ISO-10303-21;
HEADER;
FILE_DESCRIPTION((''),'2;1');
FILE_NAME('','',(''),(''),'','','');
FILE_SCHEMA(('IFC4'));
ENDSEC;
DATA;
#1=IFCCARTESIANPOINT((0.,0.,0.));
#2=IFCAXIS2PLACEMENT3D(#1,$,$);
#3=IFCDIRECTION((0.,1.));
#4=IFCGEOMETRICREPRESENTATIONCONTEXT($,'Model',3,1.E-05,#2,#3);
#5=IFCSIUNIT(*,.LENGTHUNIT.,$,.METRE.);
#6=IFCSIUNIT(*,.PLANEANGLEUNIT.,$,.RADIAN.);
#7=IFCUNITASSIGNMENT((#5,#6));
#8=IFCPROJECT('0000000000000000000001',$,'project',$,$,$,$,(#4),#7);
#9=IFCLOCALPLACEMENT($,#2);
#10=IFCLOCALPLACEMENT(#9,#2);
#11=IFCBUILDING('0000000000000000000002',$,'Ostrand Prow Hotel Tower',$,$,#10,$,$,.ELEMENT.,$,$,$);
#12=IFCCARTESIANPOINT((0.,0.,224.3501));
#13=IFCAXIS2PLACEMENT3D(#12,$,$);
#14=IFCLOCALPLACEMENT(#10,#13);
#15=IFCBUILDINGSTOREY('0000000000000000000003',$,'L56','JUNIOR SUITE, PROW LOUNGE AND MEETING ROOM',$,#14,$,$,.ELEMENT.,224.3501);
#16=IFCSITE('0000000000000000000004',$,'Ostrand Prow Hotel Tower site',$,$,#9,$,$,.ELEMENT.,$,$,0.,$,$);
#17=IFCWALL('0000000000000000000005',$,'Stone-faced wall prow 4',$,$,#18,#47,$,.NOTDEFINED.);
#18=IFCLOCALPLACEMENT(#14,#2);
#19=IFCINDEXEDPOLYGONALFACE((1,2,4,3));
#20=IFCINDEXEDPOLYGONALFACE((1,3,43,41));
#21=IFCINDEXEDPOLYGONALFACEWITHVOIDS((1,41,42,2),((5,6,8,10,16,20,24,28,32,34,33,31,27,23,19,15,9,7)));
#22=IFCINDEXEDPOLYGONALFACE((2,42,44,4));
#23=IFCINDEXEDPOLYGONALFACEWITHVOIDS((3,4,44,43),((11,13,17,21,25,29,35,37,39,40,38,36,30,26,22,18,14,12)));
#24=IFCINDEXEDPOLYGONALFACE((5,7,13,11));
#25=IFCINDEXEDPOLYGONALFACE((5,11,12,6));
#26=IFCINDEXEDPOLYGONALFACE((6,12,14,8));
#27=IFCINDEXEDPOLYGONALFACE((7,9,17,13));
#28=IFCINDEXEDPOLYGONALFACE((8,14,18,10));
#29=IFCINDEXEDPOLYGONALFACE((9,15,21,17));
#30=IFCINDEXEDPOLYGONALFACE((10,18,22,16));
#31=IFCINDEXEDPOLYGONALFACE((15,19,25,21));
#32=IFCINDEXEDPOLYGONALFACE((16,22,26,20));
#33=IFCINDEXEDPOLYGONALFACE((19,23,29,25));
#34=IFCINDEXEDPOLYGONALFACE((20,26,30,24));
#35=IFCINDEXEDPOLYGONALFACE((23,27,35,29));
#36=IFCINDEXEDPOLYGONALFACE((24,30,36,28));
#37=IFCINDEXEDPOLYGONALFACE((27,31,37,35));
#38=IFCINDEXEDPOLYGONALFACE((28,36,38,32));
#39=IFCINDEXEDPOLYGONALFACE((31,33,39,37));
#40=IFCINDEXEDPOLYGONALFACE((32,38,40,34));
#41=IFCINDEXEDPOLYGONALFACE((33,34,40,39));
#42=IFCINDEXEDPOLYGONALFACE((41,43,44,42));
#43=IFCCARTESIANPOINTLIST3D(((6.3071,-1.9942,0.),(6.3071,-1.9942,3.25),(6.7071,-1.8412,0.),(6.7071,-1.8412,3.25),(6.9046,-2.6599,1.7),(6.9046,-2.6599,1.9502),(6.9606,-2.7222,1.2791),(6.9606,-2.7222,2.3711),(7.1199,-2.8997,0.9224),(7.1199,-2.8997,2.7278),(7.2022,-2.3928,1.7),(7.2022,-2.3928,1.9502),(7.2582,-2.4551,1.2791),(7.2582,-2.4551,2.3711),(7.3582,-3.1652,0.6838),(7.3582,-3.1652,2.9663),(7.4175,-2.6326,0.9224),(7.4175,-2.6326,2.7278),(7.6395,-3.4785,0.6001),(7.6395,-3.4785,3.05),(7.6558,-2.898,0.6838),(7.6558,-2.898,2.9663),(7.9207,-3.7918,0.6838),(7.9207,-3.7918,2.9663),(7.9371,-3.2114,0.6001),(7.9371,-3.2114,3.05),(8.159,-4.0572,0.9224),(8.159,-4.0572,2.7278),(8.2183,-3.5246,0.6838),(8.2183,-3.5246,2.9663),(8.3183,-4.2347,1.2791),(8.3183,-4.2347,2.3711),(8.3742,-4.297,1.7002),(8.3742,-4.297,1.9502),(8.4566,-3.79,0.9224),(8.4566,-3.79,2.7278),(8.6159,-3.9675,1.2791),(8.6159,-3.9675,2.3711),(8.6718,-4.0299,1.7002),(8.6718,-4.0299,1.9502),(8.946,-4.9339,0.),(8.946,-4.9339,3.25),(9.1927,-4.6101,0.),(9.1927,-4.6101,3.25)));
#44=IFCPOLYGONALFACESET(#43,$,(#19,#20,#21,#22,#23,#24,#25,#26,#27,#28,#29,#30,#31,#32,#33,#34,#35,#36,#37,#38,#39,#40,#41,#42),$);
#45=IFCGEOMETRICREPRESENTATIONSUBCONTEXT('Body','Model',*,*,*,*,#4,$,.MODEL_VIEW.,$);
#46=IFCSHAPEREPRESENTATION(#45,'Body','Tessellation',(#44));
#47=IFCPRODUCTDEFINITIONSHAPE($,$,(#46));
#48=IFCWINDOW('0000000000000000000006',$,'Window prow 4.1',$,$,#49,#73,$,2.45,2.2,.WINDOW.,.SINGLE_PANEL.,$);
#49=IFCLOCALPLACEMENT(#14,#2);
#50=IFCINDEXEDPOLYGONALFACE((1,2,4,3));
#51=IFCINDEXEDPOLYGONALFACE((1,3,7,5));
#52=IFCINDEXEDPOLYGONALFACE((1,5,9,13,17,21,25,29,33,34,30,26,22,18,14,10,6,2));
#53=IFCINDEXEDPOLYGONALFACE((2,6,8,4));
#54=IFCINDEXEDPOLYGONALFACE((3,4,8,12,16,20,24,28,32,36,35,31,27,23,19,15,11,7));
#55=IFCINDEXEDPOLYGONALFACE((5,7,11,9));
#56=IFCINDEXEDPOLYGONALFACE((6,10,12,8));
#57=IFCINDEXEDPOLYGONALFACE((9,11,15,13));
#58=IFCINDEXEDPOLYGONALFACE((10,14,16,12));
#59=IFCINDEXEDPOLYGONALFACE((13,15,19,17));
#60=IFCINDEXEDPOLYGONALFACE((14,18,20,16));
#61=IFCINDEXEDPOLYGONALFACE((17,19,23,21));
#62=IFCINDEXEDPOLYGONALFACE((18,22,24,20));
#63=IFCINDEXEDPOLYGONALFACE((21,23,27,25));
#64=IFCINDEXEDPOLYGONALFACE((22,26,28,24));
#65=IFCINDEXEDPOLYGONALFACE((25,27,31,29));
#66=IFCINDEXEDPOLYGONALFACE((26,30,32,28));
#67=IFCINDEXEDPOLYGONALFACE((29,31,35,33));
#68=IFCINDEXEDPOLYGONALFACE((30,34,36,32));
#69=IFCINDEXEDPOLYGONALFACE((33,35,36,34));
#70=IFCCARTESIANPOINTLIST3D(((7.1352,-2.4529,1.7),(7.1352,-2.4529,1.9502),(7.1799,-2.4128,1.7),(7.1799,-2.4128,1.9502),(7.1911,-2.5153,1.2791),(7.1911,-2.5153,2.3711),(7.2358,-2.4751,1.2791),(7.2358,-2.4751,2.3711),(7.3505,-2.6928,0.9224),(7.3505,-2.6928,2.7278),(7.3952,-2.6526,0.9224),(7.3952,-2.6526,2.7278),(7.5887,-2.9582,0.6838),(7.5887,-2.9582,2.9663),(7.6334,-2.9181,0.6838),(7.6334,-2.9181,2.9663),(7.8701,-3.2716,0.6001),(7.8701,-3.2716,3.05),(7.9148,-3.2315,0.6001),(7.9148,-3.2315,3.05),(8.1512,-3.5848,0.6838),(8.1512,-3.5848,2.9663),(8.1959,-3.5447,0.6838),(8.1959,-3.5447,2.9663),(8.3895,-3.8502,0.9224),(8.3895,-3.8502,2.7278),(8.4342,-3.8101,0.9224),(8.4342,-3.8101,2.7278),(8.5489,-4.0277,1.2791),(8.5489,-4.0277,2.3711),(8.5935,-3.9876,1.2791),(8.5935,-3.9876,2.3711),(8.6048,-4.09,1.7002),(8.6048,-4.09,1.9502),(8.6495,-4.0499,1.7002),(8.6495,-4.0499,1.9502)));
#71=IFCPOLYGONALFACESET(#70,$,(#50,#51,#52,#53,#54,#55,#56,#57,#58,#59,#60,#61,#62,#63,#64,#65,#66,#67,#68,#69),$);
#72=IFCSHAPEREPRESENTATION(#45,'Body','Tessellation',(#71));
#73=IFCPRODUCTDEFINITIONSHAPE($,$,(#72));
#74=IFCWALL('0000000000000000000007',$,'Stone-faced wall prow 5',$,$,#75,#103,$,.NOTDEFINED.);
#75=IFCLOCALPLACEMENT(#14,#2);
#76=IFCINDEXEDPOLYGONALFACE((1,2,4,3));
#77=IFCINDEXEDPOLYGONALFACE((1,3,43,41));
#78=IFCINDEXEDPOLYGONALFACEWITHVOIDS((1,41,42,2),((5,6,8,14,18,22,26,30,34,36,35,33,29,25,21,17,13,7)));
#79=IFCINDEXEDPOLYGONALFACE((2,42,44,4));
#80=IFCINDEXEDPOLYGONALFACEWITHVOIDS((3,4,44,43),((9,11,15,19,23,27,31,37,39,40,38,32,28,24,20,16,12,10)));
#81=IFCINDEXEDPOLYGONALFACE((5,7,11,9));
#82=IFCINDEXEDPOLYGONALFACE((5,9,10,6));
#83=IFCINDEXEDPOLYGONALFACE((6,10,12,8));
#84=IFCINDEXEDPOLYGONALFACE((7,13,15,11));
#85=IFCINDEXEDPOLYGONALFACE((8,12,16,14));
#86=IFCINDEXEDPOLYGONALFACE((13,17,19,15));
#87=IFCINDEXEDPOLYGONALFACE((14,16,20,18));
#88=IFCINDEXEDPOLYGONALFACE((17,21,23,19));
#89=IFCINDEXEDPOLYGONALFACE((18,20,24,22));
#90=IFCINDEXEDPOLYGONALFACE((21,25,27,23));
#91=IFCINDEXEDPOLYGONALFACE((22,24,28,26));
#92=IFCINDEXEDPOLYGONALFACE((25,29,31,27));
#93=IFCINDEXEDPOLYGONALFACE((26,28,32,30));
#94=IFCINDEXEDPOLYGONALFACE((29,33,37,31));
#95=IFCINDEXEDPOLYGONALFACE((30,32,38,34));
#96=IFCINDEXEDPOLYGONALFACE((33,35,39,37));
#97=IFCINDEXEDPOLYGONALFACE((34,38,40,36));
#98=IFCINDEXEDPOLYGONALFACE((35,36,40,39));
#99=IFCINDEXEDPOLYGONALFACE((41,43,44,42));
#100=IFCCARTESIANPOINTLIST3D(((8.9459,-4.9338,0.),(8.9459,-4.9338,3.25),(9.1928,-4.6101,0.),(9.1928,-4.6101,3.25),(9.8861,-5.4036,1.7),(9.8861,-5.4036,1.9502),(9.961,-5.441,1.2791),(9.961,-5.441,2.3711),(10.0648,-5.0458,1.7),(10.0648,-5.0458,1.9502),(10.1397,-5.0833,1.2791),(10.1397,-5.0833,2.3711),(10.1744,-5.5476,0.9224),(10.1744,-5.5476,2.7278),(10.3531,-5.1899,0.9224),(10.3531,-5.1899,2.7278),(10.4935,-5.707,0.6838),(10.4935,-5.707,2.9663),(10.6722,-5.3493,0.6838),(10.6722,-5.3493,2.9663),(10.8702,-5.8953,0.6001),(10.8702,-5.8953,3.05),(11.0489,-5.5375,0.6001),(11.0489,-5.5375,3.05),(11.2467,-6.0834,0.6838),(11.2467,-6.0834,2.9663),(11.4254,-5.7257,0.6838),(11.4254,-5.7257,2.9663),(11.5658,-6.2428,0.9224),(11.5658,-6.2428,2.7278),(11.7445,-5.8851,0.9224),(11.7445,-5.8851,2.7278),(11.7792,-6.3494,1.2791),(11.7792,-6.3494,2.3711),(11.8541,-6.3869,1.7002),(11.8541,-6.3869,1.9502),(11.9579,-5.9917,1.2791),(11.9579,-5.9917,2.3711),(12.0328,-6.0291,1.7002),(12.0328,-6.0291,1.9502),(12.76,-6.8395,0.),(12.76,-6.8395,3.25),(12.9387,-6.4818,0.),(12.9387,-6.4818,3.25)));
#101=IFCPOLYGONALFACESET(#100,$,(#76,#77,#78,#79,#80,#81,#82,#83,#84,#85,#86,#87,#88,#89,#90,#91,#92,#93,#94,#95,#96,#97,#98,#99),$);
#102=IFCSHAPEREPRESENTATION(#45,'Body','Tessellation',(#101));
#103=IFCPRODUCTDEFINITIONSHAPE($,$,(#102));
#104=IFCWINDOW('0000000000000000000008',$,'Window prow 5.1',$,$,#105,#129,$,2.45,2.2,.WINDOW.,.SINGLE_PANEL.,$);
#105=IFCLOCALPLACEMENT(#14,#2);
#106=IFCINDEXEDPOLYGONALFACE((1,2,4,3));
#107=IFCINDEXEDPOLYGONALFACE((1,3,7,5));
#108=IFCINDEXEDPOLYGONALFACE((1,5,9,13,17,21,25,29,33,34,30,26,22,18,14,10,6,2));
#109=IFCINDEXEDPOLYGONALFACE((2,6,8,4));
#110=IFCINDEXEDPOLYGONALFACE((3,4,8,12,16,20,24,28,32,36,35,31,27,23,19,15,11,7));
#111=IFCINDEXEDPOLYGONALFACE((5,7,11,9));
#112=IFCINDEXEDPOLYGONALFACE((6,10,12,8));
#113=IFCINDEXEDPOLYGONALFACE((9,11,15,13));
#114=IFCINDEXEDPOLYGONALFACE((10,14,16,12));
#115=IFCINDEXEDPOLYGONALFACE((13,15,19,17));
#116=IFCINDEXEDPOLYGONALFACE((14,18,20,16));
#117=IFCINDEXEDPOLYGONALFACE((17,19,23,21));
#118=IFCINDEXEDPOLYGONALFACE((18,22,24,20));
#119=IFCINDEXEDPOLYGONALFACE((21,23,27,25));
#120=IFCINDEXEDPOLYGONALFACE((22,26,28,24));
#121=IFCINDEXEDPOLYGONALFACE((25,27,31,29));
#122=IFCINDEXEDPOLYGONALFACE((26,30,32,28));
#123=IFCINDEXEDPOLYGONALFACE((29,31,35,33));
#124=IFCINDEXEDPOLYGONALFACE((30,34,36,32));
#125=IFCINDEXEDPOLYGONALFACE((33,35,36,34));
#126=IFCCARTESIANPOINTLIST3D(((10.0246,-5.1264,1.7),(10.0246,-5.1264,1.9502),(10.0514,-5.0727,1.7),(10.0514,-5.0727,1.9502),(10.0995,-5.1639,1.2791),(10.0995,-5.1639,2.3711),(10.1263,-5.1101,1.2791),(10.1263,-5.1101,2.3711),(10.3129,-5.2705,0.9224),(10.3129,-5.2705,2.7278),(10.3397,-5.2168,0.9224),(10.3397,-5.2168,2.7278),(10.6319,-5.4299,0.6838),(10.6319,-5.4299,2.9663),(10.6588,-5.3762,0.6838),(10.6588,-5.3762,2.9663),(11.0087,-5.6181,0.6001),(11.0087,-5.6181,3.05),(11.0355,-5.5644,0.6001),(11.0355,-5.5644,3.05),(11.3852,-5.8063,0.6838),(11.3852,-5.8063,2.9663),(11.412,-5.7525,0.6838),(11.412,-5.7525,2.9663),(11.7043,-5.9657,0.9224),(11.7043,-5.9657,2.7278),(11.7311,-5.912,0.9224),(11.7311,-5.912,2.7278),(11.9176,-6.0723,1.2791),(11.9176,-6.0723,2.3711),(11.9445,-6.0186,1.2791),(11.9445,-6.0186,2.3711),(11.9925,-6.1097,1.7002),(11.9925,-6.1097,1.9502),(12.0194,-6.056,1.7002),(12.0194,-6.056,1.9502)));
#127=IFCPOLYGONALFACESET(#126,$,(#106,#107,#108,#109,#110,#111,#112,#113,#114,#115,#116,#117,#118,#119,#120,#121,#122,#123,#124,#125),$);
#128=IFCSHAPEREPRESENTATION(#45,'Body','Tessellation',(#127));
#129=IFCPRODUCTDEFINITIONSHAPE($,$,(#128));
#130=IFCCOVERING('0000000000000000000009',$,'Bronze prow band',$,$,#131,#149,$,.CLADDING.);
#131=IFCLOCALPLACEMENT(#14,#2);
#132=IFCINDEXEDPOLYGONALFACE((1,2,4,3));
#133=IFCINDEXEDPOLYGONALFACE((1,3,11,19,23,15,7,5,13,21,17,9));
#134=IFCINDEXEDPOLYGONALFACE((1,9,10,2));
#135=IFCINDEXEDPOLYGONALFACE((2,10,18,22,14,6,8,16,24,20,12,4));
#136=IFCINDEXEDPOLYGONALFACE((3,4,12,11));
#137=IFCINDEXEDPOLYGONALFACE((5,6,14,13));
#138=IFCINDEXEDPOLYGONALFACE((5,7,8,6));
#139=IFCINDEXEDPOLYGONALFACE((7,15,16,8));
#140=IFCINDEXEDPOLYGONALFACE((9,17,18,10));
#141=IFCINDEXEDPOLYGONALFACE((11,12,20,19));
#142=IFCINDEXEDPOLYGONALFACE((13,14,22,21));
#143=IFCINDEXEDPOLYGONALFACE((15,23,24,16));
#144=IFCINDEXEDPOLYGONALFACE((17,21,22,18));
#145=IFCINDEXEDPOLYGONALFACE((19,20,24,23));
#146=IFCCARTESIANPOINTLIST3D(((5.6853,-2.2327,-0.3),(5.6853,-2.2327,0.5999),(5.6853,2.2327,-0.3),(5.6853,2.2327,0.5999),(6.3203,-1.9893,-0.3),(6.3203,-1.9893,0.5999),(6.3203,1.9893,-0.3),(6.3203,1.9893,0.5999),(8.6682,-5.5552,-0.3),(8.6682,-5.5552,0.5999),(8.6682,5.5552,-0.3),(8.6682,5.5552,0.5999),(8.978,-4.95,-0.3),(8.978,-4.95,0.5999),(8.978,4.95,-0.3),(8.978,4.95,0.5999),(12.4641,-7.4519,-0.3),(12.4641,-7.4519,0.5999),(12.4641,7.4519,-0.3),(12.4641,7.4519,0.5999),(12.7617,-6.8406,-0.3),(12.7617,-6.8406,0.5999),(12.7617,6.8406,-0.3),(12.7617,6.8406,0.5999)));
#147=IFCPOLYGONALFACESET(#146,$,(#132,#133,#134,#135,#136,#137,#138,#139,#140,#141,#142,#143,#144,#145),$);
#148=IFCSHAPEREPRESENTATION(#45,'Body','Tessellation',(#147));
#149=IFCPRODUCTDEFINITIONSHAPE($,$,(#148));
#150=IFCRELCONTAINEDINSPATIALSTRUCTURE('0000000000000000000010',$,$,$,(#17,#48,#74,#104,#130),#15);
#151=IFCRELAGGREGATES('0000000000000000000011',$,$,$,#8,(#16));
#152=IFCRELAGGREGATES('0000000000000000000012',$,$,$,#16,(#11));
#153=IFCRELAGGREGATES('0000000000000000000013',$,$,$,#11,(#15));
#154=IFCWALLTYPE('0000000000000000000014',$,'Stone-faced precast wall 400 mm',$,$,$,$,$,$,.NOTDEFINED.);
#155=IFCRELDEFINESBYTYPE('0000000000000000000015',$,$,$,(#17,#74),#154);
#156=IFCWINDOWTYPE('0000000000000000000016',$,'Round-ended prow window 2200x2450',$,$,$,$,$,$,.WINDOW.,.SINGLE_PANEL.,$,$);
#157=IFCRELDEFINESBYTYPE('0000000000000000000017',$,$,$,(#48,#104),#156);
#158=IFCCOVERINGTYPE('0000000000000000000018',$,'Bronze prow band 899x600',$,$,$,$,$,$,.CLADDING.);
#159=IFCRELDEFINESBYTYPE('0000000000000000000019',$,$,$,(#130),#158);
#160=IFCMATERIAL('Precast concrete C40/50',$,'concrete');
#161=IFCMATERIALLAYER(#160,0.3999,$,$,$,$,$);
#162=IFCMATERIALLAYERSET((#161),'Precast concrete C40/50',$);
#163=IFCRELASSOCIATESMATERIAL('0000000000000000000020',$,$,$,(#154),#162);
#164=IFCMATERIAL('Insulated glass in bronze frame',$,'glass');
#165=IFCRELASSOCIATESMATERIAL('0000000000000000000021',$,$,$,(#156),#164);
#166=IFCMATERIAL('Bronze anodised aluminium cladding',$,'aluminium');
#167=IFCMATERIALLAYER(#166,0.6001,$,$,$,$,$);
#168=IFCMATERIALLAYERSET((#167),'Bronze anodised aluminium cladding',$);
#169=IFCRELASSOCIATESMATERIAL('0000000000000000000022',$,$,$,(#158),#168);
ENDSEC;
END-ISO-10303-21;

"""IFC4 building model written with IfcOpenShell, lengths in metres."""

from ifc_helpers import new_model, si_unit, direction, frame, origin, place, context, subcontext, project, spatial, polyline, outline, extrude, material, layer, layer_set, type_object, element, fill, save


model = new_model("IFC4")

# Units and contexts
model_context = context("Model", 3, precision=1e-05, world=origin(), true_north=direction((0.0, 1.0)))
body_context = subcontext(model_context, "Body", "Model", "MODEL_VIEW")
ifc_project = project(units=[si_unit("LENGTHUNIT", "METRE"), si_unit("PLANEANGLEUNIT", "RADIAN")], contexts=[model_context])

# Site, building, storey
site_placement = place(None, origin())
site = spatial("IfcSite", under=ifc_project, at=site_placement, Name="Ostrand Prow Hotel Tower site", CompositionType="ELEMENT", RefElevation=0.0)
building_placement = place(site_placement, origin())
building = spatial("IfcBuilding", under=site, at=building_placement, Name="Ostrand Prow Hotel Tower", CompositionType="ELEMENT")
storey_placement = place(building_placement, frame((0.0, 0.0, 224.3501)))
storey = spatial("IfcBuildingStorey", under=building, at=storey_placement, Name="L56", Description="JUNIOR SUITE, PROW LOUNGE AND MEETING ROOM", CompositionType="ELEMENT", Elevation=224.3501)

# Walls, openings, windows
ifc_material_1 = material(Name="Precast concrete C40/50", Category="concrete")
ifc_layer_1 = layer(ifc_material_1, 0.3999)
ifc_layer_set_1 = layer_set([ifc_layer_1], Name="Precast concrete C40/50")
wall_type_1 = type_object("IfcWallType", Name="Stone-faced precast wall 400 mm", PredefinedType="NOTDEFINED", material=ifc_layer_set_1)
wall_1_placement = place(storey_placement, frame((6.5071, -1.9177, 0.0), z_axis=(0.0, 0.0, 1.0), x_axis=(0.668018, -0.744145, 0.0)))
wall_1 = element("IfcWall", 1, at=wall_1_placement, inside=storey, type_object=wall_type_1, Name="Stone-faced wall prow 4", PredefinedType="NOTDEFINED", context=body_context, shape_type="SweptSolid", body=[
    extrude(outline(polyline([(-0.0767, -0.2), (3.8738, -0.2), (3.7976, 0.2), (0.0767, 0.2), (-0.0767, -0.2)])), origin(), (0.0, 0.0, 1.0), 3.25),
])
opening_1_placement = place(wall_1_placement, frame((0.8179, 0.0, 0.6001)))
opening_1 = element("IfcOpeningElement", 2, at=opening_1_placement, cuts=wall_1, PredefinedType="OPENING", context=body_context, shape_type="SweptSolid", body=[
    extrude(outline(polyline([(0.0, 1.3501), (0.0837, 1.771), (0.3223, 2.1277), (0.679, 2.3662), (1.1001, 2.45), (1.521, 2.3662), (1.8777, 2.1277), (2.1162, 1.771), (2.2, 1.3501), (2.2, 1.1001), (2.1162, 0.679), (1.8777, 0.3223), (1.521, 0.0837), (1.1001, 0.0), (0.679, 0.0837), (0.3223, 0.3223), (0.0837, 0.679), (0.0, 1.0999), (0.0, 1.3501)])), frame((0.0, 0.21, 0.0), z_axis=(0.0, -1.0, 0.0), x_axis=(1.0, 0.0, 0.0)), (0.0, 0.0, 1.0), 0.4199),
])
ifc_material_2 = material(Name="Insulated glass in bronze frame", Category="glass")
window_type = type_object("IfcWindowType", Name="Round-ended prow window 2200x2450", PartitioningType="SINGLE_PANEL", PredefinedType="WINDOW", material=ifc_material_2)
window_1_placement = place(opening_1_placement, origin())
window_1 = element("IfcWindow", 3, at=window_1_placement, inside=storey, type_object=window_type, Name="Window prow 4.1", OverallHeight=2.45, OverallWidth=2.2, PartitioningType="SINGLE_PANEL", PredefinedType="WINDOW", context=body_context, shape_type="SweptSolid", body=[
    extrude(outline(polyline([(0.0, 1.3501), (0.0837, 1.771), (0.3223, 2.1277), (0.679, 2.3662), (1.1001, 2.45), (1.521, 2.3662), (1.8777, 2.1277), (2.1162, 1.771), (2.2, 1.3501), (2.2, 1.1001), (2.1162, 0.679), (1.8777, 0.3223), (1.521, 0.0837), (1.1001, 0.0), (0.679, 0.0837), (0.3223, 0.3223), (0.0837, 0.679), (0.0, 1.0999), (0.0, 1.3501)])), frame((0.0, 0.1699, 0.0), z_axis=(0.0, -1.0, 0.0), x_axis=(1.0, 0.0, 0.0)), (0.0, 0.0, 1.0), 0.0601),
])
fill(opening_1, window_1)
wall_2_placement = place(storey_placement, frame((9.0693, -4.772, 0.0), z_axis=(0.0, 0.0, 1.0), x_axis=(0.894554, -0.446959, 0.0)))
wall_2 = element("IfcWall", 4, at=wall_2_placement, inside=storey, type_object=wall_type_1, Name="Stone-faced wall prow 5", PredefinedType="NOTDEFINED", context=body_context, shape_type="SweptSolid", body=[
    extrude(outline(polyline([(-0.0381, -0.2), (4.2256, -0.2), (4.2256, 0.2), (0.0381, 0.2), (-0.0381, -0.2)])), origin(), (0.0, 0.0, 1.0), 3.25),
])
opening_2_placement = place(wall_2_placement, frame((1.0129, 0.0, 0.6001)))
opening_2 = element("IfcOpeningElement", 5, at=opening_2_placement, cuts=wall_2, PredefinedType="OPENING", context=body_context, shape_type="SweptSolid", body=[
    extrude(outline(polyline([(0.0, 1.3501), (0.0837, 1.771), (0.3223, 2.1277), (0.679, 2.3662), (1.1001, 2.45), (1.521, 2.3662), (1.8777, 2.1277), (2.1162, 1.771), (2.2, 1.3501), (2.2, 1.1001), (2.1162, 0.679), (1.8777, 0.3223), (1.521, 0.0837), (1.1001, 0.0), (0.679, 0.0837), (0.3223, 0.3223), (0.0837, 0.679), (0.0, 1.0999), (0.0, 1.3501)])), frame((0.0, 0.21, 0.0), z_axis=(0.0, -1.0, 0.0), x_axis=(1.0, 0.0, 0.0)), (0.0, 0.0, 1.0), 0.4199),
])
window_2_placement = place(opening_2_placement, origin())
window_2 = element("IfcWindow", 6, at=window_2_placement, inside=storey, type_object=window_type, Name="Window prow 5.1", OverallHeight=2.45, OverallWidth=2.2, PartitioningType="SINGLE_PANEL", PredefinedType="WINDOW", context=body_context, shape_type="SweptSolid", body=[
    extrude(outline(polyline([(0.0, 1.3501), (0.0837, 1.771), (0.3223, 2.1277), (0.679, 2.3662), (1.1001, 2.45), (1.521, 2.3662), (1.8777, 2.1277), (2.1162, 1.771), (2.2, 1.3501), (2.2, 1.1001), (2.1162, 0.679), (1.8777, 0.3223), (1.521, 0.0837), (1.1001, 0.0), (0.679, 0.0837), (0.3223, 0.3223), (0.0837, 0.679), (0.0, 1.0999), (0.0, 1.3501)])), frame((0.0, 0.1699, 0.0), z_axis=(0.0, -1.0, 0.0), x_axis=(1.0, 0.0, 0.0)), (0.0, 0.0, 1.0), 0.0601),
])
fill(opening_2, window_2)

# Covering
ifc_material_3 = material(Name="Bronze anodised aluminium cladding", Category="aluminium")
ifc_layer_2 = layer(ifc_material_3, 0.6001)
ifc_layer_set_2 = layer_set([ifc_layer_2], Name="Bronze anodised aluminium cladding")
covering_type_1 = type_object("IfcCoveringType", Name="Bronze prow band 899x600", PredefinedType="CLADDING", material=ifc_layer_set_2)
covering_1_placement = place(storey_placement, frame((0.0, 0.0, -0.3)))
element("IfcCovering", 7, at=covering_1_placement, inside=storey, type_object=covering_type_1, Name="Bronze prow band", PredefinedType="CLADDING", context=body_context, shape_type="SweptSolid", body=[
    extrude(outline(polyline([(12.4641, 7.4519), (8.6682, 5.5552), (5.6853, 2.2327), (5.6853, -2.2327), (8.6682, -5.5552), (12.4641, -7.4519), (12.7617, -6.8406), (8.978, -4.95), (6.3203, -1.9893), (6.3203, 1.9893), (8.978, 4.95), (12.7617, 6.8406), (12.4641, 7.4519)])), origin(), (0.0, 0.0, 1.0), 0.8999),
])

save(model, "model.ifc")
